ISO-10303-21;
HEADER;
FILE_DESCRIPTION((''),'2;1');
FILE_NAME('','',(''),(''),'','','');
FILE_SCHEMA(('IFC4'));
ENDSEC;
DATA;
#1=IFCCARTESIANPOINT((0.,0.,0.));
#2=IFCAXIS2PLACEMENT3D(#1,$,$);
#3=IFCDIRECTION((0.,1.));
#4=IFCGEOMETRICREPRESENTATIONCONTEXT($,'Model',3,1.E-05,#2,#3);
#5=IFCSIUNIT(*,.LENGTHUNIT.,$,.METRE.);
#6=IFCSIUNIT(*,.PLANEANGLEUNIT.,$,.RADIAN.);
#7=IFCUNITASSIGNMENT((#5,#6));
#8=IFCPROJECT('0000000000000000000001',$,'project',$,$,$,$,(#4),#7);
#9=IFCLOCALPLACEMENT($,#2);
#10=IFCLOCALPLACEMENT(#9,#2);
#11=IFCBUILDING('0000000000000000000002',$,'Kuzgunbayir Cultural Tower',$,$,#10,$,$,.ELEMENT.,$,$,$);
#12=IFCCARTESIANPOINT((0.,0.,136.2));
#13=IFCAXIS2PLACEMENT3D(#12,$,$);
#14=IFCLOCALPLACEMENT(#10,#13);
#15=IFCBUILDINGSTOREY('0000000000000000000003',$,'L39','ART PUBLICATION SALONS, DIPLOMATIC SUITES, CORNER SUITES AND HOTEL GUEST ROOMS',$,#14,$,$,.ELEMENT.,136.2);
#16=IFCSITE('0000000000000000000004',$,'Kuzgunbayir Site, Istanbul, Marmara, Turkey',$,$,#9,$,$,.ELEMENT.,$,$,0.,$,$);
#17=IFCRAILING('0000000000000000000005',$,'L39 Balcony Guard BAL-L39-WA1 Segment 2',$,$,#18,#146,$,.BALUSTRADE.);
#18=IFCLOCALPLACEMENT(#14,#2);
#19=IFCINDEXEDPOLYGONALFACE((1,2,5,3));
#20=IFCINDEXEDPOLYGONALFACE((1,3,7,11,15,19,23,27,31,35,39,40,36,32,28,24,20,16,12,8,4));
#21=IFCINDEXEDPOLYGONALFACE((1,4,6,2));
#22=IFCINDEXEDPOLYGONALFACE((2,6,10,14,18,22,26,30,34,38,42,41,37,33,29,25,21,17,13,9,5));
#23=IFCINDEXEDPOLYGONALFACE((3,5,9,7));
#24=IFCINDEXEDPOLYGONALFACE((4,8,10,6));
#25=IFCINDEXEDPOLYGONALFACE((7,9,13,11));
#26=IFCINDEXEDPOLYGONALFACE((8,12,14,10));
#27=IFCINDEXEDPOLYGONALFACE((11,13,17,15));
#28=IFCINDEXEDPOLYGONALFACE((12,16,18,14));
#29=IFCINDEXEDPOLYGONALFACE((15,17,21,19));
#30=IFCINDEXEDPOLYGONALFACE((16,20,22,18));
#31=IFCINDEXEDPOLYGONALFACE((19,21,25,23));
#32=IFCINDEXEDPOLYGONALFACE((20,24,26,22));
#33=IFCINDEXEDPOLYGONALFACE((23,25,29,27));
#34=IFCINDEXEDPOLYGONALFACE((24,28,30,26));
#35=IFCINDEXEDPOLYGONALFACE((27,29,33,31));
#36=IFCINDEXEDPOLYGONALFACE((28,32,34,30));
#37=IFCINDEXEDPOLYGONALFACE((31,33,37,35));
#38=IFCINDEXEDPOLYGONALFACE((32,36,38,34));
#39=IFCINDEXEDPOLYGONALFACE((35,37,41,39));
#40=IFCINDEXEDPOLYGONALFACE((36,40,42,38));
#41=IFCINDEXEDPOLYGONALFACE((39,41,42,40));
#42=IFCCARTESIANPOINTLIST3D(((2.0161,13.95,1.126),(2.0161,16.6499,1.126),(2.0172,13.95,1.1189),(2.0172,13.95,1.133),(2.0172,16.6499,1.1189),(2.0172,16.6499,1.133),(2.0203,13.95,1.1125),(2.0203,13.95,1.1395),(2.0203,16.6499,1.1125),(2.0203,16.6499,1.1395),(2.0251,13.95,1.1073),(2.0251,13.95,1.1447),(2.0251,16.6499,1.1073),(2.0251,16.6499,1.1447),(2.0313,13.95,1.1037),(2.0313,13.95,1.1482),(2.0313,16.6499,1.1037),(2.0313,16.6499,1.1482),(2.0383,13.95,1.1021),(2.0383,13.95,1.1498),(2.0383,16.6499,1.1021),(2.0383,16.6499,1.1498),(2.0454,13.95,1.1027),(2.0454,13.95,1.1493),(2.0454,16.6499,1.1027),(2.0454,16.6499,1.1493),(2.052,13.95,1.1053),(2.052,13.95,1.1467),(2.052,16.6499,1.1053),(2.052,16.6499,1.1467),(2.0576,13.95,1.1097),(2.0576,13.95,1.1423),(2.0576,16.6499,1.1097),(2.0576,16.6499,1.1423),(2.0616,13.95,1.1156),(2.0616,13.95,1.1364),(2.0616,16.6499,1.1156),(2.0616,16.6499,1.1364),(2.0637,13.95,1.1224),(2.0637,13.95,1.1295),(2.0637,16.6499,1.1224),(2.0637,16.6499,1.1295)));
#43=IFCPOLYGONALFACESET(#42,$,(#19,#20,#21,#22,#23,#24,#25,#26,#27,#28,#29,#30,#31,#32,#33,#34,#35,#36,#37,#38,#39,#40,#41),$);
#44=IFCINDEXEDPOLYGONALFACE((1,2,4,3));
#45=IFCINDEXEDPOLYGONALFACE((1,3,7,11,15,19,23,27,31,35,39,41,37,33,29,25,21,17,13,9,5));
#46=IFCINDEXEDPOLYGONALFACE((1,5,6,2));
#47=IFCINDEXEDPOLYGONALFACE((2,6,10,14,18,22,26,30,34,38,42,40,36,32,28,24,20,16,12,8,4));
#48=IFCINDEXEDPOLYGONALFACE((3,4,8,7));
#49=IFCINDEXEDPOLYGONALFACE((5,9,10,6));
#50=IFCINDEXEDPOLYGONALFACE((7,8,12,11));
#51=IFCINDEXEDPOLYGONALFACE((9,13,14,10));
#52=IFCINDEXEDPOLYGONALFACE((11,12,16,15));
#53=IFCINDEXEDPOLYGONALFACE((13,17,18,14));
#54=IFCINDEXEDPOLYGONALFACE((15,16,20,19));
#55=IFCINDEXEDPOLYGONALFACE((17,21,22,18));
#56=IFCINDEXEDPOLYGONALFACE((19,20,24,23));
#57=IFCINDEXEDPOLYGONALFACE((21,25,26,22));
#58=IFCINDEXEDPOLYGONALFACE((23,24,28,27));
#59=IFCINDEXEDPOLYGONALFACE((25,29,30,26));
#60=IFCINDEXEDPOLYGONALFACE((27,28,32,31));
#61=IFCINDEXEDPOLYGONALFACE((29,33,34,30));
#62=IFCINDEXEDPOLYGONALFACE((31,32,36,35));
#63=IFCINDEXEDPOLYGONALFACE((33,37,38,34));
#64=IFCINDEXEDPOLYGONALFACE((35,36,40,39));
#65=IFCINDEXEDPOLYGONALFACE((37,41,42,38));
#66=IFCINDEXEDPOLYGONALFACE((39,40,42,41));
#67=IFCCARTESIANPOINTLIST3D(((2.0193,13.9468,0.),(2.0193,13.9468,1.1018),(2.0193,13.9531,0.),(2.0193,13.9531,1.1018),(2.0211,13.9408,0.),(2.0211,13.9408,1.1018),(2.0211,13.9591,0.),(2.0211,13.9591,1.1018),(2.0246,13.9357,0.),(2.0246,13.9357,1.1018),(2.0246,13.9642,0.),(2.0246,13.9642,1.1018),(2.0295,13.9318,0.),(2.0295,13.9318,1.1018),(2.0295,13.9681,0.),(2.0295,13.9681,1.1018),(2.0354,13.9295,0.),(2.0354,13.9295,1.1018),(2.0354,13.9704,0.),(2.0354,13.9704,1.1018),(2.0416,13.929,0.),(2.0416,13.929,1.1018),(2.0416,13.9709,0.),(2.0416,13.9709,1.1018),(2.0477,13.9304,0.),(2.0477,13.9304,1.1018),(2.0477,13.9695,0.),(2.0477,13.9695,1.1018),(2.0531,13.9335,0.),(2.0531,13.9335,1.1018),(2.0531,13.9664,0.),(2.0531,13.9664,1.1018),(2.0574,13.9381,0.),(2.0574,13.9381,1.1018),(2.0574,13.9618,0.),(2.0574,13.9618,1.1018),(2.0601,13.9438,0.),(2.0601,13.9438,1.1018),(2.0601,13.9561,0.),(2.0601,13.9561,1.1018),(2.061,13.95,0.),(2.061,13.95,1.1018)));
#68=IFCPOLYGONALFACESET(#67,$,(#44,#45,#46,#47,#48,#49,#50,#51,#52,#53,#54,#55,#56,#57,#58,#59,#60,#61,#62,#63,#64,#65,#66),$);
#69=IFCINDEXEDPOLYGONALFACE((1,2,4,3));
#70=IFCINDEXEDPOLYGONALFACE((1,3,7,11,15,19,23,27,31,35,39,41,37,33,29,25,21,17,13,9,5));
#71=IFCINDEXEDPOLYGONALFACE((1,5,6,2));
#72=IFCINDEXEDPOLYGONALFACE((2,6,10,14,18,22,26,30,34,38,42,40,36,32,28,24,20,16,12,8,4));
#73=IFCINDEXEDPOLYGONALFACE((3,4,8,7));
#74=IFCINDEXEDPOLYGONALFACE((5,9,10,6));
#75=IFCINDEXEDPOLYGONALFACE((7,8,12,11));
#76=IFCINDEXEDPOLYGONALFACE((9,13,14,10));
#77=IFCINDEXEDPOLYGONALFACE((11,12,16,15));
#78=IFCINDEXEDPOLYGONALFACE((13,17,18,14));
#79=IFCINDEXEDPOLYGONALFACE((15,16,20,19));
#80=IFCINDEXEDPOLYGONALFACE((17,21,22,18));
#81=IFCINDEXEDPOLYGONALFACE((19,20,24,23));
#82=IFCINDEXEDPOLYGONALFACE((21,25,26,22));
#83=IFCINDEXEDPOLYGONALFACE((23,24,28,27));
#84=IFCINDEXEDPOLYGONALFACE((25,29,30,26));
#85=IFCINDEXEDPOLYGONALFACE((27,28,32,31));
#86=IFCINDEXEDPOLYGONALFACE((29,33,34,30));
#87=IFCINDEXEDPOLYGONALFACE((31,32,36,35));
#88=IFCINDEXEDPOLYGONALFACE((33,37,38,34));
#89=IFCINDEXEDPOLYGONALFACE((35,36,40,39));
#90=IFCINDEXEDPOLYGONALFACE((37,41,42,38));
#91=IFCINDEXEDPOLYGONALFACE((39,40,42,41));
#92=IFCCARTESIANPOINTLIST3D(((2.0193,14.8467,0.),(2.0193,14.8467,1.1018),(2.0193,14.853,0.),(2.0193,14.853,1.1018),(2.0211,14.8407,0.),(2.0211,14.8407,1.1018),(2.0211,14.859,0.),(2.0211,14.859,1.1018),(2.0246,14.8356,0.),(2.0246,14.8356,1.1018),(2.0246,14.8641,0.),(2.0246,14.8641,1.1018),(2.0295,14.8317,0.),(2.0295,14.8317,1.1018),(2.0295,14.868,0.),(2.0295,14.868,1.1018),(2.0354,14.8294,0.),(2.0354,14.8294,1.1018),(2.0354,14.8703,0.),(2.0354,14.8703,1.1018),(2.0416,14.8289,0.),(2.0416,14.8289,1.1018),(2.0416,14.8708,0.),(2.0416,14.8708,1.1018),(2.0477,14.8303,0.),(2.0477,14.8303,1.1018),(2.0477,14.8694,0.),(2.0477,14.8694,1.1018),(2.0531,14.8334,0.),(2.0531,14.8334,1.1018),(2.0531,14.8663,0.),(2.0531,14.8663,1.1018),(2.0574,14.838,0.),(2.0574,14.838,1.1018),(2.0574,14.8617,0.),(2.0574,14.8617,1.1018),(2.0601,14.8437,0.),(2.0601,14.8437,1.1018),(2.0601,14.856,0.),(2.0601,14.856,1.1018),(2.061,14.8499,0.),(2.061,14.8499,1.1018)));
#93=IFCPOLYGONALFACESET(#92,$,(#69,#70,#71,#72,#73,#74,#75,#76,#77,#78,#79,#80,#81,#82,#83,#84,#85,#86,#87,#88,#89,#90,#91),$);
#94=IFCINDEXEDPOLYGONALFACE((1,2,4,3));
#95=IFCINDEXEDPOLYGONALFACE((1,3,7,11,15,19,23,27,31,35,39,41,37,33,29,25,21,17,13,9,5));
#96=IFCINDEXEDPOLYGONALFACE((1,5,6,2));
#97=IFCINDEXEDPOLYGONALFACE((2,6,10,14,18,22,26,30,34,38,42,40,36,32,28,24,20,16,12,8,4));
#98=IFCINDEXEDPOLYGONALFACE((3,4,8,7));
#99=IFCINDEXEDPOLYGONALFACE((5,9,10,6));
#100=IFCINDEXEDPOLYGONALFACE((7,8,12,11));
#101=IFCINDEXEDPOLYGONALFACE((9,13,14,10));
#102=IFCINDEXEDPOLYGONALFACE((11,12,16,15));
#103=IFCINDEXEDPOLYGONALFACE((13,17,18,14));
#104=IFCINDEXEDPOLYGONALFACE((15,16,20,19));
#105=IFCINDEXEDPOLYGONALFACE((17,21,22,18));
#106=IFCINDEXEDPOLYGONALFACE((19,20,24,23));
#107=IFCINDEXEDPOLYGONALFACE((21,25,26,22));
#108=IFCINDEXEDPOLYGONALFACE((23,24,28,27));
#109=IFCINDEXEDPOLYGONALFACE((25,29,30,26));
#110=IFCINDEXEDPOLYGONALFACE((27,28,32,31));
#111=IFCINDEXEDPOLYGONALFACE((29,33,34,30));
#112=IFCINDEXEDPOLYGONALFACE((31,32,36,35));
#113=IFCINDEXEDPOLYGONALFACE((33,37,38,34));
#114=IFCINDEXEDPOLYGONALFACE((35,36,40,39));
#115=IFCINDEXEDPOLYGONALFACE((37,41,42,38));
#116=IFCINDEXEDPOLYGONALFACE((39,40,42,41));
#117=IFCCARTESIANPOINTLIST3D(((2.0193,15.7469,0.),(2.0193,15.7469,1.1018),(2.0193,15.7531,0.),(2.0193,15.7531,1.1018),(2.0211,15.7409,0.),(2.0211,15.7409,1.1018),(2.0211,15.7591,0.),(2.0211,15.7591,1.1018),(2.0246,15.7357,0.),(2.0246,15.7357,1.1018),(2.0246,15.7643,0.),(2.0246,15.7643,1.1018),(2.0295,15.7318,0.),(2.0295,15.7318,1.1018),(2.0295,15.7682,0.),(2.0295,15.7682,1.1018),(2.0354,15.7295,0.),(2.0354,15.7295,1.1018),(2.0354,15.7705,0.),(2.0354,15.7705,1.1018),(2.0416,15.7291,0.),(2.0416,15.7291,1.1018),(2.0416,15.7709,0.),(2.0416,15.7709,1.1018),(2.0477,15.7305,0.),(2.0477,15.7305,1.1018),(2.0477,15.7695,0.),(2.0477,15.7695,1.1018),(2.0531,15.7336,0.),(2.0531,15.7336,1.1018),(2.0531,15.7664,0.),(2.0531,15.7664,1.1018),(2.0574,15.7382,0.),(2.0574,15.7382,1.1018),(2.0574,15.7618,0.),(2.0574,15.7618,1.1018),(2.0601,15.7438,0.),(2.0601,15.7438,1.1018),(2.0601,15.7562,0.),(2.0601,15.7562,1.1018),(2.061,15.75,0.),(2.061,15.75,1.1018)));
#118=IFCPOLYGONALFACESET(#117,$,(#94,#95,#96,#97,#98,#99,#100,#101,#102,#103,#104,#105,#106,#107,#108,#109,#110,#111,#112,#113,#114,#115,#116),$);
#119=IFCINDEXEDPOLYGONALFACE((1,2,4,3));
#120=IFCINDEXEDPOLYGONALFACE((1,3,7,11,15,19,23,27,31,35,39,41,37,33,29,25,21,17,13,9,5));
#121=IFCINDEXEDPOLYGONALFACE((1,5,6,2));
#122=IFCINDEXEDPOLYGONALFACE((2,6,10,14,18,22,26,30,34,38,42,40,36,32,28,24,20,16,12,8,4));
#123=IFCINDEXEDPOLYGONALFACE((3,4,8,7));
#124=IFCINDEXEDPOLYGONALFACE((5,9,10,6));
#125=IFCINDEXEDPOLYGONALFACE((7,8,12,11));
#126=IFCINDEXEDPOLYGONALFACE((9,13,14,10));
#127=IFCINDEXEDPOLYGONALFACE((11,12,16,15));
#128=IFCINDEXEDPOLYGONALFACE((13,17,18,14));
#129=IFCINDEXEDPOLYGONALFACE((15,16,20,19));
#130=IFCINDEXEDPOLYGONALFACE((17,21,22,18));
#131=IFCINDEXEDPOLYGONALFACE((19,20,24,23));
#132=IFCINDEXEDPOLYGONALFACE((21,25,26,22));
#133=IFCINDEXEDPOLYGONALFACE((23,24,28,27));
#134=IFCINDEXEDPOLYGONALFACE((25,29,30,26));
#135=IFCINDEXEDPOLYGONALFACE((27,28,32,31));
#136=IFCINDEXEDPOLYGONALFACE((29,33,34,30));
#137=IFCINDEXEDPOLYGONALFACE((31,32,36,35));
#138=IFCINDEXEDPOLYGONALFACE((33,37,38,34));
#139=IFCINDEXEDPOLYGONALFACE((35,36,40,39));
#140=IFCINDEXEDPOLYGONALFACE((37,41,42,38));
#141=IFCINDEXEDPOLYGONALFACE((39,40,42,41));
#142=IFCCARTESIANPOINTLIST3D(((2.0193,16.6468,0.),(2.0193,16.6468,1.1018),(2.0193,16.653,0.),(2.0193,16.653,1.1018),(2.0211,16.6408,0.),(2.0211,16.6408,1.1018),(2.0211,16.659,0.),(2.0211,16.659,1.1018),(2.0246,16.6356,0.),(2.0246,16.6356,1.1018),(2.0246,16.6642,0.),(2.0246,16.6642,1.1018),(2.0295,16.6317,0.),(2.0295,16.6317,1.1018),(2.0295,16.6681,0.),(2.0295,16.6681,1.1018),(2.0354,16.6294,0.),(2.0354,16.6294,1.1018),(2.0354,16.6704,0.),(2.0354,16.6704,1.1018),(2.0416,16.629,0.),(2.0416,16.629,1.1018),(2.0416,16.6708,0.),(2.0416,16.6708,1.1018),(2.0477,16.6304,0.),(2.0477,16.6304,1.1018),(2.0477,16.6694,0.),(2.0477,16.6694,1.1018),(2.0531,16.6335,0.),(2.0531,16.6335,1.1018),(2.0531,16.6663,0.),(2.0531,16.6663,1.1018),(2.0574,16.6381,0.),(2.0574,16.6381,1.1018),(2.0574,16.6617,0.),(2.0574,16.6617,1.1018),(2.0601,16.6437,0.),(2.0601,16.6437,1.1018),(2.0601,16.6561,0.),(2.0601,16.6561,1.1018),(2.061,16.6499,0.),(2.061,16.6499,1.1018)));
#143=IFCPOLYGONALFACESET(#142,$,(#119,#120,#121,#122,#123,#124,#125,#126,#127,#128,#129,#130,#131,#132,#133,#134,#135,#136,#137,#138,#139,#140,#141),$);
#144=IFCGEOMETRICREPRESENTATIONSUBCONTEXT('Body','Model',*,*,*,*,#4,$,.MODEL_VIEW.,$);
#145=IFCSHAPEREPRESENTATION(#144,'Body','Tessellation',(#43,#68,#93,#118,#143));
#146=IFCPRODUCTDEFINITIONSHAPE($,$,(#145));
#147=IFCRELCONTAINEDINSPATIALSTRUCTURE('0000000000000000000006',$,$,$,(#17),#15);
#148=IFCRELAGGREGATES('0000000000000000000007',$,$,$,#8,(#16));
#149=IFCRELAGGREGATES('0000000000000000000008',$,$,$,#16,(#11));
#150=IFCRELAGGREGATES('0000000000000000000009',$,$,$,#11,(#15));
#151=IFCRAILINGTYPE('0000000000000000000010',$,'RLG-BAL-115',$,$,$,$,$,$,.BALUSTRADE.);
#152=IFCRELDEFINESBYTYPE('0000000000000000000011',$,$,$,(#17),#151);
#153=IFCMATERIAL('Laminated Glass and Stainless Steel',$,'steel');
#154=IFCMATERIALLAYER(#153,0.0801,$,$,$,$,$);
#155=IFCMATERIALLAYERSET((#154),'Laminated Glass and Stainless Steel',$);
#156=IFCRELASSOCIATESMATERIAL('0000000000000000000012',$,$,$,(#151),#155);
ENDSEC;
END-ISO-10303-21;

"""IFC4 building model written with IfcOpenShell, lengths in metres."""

from ifc_helpers import new_model, si_unit, direction, frame, origin, origin_2d, place, context, subcontext, project, spatial, circle, extrude, material, layer, layer_set, type_object, element, save


model = new_model("IFC4")

# Units and contexts
model_context = context("Model", 3, precision=1e-05, world=origin(), true_north=direction((0.0, 1.0)))
body_context = subcontext(model_context, "Body", "Model", "MODEL_VIEW")
ifc_project = project(units=[si_unit("LENGTHUNIT", "METRE"), si_unit("PLANEANGLEUNIT", "RADIAN")], contexts=[model_context])

# Site, building, storey
site_placement = place(None, origin())
site = spatial("IfcSite", under=ifc_project, at=site_placement, Name="Kuzgunbayir Site, Istanbul, Marmara, Turkey", CompositionType="ELEMENT", RefElevation=0.0)
building_placement = place(site_placement, origin())
building = spatial("IfcBuilding", under=site, at=building_placement, Name="Kuzgunbayir Cultural Tower", CompositionType="ELEMENT")
storey_placement = place(building_placement, frame((0.0, 0.0, 136.2)))
storey = spatial("IfcBuildingStorey", under=building, at=storey_placement, Name="L39", Description="ART PUBLICATION SALONS, DIPLOMATIC SUITES, CORNER SUITES AND HOTEL GUEST ROOMS", CompositionType="ELEMENT", Elevation=136.2)

# Railing
ifc_material_1 = material(Name="Laminated Glass and Stainless Steel", Category="steel")
ifc_layer_1 = layer(ifc_material_1, 0.0801)
ifc_layer_set_1 = layer_set([ifc_layer_1], Name="Laminated Glass and Stainless Steel")
railing_type = type_object("IfcRailingType", Name="RLG-BAL-115", PredefinedType="BALUSTRADE", material=ifc_layer_set_1)
railing_placement = place(storey_placement, frame((2.04, 13.95, 0.0)))
element("IfcRailing", 1, at=railing_placement, inside=storey, type_object=railing_type, Name="L39 Balcony Guard BAL-L39-WA1 Segment 2", PredefinedType="BALUSTRADE", context=body_context, shape_type="SweptSolid", body=[
    extrude(circle(Radius=0.0239, at=origin_2d()), frame((0.0, 0.0, 1.126), z_axis=(0.0, 1.0, 0.0), x_axis=(-1.0, 0.0, 0.0)), (0.0, 0.0, 1.0), 2.7),
    extrude(circle(Radius=0.021, at=origin_2d()), origin(), (0.0, 0.0, 1.0), 1.1018),
    extrude(circle(Radius=0.021, at=origin_2d()), frame((0.0, 0.8999, 0.0)), (0.0, 0.0, 1.0), 1.1018),
    extrude(circle(Radius=0.021, at=origin_2d()), frame((0.0, 1.8, 0.0)), (0.0, 0.0, 1.0), 1.1018),
    extrude(circle(Radius=0.021, at=origin_2d()), frame((0.0, 2.7, 0.0)), (0.0, 0.0, 1.0), 1.1018),
])

save(model, "model.ifc")
